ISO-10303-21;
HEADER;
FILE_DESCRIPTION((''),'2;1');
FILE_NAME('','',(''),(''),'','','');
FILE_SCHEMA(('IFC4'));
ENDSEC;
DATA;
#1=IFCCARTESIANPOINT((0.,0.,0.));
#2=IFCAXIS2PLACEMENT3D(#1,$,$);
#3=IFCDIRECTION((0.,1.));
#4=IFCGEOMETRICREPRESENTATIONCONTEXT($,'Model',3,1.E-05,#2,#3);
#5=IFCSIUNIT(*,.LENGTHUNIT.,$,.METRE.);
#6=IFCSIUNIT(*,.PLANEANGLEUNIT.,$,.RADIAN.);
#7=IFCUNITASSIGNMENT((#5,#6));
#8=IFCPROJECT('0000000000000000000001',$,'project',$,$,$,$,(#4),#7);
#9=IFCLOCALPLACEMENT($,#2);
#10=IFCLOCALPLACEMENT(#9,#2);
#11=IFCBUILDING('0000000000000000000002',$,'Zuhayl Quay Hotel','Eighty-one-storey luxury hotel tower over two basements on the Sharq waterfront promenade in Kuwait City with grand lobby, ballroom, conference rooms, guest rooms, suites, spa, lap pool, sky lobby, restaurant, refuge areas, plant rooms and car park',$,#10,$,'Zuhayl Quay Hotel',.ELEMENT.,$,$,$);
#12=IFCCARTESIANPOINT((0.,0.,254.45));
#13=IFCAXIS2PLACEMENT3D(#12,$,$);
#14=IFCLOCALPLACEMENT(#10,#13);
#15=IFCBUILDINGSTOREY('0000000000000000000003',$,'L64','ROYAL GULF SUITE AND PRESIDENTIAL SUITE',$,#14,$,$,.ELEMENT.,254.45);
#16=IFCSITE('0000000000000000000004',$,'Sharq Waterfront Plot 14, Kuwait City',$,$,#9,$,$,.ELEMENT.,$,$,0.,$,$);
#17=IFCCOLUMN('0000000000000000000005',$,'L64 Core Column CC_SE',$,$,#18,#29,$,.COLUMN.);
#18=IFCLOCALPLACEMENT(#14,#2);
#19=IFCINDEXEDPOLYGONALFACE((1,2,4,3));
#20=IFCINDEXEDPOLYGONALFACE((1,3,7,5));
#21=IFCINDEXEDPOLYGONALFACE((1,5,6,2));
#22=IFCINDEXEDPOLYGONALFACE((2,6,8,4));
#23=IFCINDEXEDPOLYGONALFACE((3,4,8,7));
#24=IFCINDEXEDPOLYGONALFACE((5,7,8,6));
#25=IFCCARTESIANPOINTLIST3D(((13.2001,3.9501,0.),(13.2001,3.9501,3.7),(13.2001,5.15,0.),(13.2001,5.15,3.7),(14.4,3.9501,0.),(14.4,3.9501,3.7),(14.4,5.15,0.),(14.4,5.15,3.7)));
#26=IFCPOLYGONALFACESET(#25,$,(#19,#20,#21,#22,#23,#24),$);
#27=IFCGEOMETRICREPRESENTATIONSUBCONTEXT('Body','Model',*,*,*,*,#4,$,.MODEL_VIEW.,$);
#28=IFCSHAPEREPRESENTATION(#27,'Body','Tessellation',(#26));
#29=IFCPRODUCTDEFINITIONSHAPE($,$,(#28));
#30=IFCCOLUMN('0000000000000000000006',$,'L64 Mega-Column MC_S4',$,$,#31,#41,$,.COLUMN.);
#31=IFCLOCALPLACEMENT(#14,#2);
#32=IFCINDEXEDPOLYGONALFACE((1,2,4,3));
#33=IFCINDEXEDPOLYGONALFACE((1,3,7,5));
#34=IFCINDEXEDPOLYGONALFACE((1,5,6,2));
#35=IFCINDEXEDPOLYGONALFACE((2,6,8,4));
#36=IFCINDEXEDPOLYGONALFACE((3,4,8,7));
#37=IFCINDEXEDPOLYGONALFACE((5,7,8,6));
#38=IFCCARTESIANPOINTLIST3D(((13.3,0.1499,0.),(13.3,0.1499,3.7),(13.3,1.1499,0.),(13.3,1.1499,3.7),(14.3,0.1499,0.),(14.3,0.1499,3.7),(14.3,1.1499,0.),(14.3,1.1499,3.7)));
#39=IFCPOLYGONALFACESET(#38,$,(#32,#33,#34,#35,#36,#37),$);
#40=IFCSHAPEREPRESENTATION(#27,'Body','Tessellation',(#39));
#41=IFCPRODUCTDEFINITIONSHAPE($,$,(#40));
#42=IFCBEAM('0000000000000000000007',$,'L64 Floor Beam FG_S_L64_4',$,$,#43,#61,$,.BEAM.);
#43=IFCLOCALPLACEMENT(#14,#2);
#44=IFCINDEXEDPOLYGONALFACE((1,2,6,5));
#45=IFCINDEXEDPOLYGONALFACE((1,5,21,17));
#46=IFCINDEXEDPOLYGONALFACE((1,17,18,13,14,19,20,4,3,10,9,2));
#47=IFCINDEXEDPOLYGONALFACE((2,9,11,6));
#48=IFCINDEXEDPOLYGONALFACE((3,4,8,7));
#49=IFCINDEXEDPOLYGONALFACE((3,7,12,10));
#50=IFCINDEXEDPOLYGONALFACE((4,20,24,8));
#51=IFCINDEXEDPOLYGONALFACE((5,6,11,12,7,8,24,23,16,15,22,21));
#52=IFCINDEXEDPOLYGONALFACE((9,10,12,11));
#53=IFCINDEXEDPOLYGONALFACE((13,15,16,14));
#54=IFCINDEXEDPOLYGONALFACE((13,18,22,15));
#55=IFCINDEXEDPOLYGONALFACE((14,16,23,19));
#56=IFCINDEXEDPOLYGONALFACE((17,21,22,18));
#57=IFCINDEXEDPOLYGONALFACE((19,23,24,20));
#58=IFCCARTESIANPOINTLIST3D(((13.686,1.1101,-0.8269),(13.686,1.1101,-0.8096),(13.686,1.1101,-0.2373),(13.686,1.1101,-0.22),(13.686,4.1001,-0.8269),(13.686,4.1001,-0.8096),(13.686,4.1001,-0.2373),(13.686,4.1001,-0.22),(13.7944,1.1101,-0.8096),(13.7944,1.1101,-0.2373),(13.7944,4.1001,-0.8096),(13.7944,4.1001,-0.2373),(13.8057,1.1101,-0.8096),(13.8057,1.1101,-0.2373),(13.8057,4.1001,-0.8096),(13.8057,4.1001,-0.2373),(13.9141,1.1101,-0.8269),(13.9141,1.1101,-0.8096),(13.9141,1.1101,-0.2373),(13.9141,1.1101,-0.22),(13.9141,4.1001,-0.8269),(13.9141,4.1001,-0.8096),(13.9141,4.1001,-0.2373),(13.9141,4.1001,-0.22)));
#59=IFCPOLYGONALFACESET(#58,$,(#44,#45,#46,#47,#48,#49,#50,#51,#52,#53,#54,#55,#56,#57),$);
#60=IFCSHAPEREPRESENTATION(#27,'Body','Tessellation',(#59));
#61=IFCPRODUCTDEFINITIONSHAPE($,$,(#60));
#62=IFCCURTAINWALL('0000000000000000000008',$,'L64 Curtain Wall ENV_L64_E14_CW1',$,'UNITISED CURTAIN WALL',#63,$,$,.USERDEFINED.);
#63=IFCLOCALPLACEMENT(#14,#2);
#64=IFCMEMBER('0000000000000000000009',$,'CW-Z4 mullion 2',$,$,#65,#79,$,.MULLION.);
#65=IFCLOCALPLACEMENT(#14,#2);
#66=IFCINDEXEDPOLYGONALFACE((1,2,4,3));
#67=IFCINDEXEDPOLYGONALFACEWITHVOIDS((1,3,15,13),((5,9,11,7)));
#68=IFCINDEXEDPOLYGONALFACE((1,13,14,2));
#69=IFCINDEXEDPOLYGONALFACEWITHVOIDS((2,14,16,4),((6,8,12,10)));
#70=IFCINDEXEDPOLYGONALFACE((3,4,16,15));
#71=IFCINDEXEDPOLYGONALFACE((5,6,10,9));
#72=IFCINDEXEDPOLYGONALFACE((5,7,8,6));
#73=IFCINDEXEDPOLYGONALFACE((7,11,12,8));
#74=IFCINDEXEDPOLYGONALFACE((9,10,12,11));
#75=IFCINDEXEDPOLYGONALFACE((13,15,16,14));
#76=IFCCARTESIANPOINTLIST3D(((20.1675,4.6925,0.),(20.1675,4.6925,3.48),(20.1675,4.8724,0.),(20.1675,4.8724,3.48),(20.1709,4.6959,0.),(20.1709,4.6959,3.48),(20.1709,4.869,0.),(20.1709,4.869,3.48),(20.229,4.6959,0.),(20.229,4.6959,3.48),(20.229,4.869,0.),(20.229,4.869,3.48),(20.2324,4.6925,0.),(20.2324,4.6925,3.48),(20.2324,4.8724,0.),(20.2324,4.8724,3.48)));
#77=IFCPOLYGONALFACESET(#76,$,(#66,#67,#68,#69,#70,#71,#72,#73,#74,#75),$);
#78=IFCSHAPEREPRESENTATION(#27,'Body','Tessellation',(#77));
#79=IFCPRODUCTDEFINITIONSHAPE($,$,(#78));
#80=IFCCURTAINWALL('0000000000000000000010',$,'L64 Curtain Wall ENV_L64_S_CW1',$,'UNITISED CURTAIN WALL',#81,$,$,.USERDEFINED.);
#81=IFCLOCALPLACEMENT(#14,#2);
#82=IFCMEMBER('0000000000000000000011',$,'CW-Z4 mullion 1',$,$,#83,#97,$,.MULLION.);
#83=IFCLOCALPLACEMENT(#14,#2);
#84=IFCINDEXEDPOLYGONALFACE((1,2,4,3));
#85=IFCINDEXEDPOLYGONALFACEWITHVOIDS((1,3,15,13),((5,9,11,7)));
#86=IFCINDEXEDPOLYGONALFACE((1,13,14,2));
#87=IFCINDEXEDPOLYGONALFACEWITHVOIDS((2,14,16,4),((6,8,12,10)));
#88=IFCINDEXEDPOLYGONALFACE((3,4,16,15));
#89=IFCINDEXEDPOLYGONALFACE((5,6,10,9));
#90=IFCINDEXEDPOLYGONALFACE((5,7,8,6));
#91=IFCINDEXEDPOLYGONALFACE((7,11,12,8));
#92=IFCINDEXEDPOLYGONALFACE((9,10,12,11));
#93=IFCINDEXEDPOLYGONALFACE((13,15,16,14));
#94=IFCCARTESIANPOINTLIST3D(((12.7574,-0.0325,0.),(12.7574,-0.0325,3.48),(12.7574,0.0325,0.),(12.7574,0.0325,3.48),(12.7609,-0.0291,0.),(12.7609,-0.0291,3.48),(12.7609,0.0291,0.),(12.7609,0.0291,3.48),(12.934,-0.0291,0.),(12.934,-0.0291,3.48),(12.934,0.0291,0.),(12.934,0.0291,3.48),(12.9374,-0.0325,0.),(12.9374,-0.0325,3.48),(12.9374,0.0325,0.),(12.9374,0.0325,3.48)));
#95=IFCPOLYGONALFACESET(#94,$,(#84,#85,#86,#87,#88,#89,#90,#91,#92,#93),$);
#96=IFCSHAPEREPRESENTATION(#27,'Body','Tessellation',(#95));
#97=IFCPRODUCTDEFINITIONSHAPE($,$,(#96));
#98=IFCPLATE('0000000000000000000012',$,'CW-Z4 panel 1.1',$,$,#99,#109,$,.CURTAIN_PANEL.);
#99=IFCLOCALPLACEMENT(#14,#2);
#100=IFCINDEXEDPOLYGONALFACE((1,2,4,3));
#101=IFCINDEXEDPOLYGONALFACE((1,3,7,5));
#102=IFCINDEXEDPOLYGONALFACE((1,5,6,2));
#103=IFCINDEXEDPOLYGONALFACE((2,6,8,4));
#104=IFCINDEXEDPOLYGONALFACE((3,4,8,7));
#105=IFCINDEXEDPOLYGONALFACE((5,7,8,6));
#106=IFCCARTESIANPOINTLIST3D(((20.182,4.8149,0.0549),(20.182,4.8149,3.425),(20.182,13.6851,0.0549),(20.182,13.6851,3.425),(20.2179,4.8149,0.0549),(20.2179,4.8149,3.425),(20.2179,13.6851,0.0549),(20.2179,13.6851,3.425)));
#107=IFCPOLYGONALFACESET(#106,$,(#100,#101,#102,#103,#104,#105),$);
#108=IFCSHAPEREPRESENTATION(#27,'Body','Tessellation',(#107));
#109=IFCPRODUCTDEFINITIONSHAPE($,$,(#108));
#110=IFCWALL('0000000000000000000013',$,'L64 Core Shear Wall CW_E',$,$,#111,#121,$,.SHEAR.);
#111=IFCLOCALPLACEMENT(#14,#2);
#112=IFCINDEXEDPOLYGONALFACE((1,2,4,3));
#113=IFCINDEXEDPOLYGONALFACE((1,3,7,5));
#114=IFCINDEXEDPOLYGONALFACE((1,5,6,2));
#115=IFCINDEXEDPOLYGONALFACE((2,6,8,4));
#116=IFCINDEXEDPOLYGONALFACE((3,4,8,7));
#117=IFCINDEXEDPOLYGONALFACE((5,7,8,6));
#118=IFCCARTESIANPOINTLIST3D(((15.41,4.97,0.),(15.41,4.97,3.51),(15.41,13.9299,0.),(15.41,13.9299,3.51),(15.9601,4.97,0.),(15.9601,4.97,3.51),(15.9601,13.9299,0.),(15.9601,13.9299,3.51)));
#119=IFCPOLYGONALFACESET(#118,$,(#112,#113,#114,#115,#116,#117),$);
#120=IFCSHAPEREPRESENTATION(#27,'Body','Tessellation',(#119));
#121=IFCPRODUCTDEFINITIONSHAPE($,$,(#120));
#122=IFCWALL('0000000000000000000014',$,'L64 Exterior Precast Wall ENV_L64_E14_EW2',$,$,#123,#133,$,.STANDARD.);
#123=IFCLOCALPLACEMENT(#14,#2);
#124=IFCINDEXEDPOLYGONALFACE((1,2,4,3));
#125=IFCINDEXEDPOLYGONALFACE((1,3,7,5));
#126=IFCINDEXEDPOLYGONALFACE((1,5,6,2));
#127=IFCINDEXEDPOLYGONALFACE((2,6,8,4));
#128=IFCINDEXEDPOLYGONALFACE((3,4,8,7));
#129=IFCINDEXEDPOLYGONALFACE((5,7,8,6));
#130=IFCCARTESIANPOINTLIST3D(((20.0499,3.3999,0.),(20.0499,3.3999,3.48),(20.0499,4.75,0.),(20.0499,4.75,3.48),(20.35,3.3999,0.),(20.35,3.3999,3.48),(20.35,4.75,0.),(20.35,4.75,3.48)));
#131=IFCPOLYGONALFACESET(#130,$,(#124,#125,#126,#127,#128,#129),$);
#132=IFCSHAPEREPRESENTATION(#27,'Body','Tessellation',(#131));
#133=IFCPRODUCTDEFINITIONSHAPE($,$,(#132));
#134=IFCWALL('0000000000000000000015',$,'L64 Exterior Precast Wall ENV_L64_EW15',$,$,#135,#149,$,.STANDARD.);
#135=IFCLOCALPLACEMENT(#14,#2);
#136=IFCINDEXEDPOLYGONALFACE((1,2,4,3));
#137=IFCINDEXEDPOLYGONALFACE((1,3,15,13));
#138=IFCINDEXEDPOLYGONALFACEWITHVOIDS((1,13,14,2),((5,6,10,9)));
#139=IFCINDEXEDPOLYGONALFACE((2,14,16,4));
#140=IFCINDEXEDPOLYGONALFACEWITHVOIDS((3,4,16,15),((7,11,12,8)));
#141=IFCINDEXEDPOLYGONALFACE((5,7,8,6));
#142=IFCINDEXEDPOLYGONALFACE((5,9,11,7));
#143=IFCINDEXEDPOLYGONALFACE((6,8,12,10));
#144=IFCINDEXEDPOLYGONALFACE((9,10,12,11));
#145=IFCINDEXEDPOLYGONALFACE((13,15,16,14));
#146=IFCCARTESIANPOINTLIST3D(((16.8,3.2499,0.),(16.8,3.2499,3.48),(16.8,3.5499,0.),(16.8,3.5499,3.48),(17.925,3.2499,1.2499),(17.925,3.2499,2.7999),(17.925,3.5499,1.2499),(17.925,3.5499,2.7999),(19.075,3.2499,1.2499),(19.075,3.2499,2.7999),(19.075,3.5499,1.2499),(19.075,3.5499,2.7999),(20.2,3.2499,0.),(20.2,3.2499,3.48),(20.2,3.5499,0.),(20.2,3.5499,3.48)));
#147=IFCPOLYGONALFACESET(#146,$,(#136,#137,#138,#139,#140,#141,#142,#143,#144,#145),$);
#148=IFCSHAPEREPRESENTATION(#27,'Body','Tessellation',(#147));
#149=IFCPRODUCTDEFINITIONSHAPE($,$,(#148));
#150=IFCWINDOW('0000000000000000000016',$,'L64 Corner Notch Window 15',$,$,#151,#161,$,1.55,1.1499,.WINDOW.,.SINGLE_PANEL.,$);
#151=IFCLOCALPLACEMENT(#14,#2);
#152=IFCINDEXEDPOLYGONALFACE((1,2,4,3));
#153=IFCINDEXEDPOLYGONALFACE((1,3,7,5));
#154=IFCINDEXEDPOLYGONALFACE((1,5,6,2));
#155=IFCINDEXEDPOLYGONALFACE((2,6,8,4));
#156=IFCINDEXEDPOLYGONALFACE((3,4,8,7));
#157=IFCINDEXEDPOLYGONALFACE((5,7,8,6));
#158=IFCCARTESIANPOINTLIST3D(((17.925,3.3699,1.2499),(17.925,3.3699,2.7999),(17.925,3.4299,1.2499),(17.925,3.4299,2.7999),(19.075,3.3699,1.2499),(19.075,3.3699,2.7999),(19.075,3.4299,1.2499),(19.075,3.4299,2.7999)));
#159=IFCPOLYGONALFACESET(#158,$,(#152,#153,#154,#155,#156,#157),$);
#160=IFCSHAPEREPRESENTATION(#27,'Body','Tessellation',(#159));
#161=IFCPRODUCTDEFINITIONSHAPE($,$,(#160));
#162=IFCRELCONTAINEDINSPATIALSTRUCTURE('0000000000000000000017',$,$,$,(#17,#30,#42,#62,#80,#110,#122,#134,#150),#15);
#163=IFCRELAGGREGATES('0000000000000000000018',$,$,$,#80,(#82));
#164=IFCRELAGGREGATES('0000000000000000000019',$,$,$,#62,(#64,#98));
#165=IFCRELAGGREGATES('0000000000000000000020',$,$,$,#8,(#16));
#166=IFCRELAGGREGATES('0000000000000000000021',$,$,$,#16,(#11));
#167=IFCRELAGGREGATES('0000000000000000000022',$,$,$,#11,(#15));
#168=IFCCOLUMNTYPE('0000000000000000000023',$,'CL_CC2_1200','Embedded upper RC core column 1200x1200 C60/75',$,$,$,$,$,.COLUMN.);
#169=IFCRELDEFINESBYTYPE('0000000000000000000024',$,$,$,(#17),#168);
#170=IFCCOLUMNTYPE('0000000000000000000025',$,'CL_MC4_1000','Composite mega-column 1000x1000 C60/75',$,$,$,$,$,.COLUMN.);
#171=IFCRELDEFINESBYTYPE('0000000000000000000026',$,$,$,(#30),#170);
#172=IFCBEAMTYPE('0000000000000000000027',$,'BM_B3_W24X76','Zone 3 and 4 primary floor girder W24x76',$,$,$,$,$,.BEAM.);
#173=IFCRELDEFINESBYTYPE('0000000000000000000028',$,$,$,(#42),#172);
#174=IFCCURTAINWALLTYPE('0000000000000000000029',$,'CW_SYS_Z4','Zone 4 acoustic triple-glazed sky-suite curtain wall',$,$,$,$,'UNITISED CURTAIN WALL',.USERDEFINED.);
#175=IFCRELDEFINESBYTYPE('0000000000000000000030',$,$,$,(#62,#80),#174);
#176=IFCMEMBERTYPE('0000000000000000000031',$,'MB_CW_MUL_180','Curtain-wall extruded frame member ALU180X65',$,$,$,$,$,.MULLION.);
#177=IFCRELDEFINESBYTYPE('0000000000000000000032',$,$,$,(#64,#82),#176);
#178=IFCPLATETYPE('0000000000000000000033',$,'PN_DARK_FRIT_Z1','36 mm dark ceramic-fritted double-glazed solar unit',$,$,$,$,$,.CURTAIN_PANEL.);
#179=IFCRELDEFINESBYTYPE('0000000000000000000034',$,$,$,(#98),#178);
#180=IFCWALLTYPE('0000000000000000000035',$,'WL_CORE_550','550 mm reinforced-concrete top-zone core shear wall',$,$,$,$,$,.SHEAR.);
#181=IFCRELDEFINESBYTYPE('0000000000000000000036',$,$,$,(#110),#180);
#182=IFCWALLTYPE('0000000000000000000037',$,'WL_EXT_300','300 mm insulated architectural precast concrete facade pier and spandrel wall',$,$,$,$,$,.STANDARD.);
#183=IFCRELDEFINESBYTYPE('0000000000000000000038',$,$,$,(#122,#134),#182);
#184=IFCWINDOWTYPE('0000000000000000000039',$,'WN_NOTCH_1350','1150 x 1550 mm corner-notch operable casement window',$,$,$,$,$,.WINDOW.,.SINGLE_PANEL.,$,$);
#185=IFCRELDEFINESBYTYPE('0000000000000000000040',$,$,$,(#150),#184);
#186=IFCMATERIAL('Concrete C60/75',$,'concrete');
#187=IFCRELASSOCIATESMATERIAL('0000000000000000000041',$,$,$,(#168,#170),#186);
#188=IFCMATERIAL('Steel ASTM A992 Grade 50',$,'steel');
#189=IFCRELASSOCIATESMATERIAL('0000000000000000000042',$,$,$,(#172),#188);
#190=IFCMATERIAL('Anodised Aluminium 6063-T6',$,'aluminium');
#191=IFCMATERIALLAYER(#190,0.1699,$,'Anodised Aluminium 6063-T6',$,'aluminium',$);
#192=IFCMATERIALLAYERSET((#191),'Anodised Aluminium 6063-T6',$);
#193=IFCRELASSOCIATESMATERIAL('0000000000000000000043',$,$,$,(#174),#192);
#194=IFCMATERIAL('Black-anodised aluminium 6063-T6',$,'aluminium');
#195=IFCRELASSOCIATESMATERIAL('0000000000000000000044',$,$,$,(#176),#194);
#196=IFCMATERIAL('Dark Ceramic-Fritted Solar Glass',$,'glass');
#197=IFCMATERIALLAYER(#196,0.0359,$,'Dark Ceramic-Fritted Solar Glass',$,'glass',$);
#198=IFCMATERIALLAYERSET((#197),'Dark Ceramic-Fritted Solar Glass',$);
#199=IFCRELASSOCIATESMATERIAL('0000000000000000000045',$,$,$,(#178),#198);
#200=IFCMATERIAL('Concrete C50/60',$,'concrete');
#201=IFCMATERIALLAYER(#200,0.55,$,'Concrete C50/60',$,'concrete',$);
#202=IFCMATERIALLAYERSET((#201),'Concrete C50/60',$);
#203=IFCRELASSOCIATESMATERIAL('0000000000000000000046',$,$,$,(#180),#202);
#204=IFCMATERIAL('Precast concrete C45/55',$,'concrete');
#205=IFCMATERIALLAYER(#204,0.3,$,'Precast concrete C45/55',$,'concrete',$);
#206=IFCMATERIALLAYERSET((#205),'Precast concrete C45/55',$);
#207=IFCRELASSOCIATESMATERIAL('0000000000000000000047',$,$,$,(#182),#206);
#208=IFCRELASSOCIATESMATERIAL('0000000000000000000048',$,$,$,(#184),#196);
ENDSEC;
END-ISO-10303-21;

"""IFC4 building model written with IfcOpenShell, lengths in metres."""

from ifc_helpers import new_model, si_unit, direction, frame, frame_2d, origin, origin_2d, place, context, subcontext, project, spatial, rectangle, hollow_rectangle, i_section, extrude, material, layer, layer_set, material_profile, profile_set, type_object, element, fill, aggregate, save


model = new_model("IFC4")

# Units and contexts
model_context = context("Model", 3, precision=1e-05, world=origin(), true_north=direction((0.0, 1.0)))
body_context = subcontext(model_context, "Body", "Model", "MODEL_VIEW")
ifc_project = project(units=[si_unit("LENGTHUNIT", "METRE"), si_unit("PLANEANGLEUNIT", "RADIAN")], contexts=[model_context])

# Site, building, storey
site_placement = place(None, origin())
site = spatial("IfcSite", under=ifc_project, at=site_placement, Name="Sharq Waterfront Plot 14, Kuwait City", CompositionType="ELEMENT", RefElevation=0.0)
building_placement = place(site_placement, origin())
building = spatial("IfcBuilding", under=site, at=building_placement, Name="Zuhayl Quay Hotel", Description="Eighty-one-storey luxury hotel tower over two basements on the Sharq waterfront promenade in Kuwait City with grand lobby, ballroom, conference rooms, guest rooms, suites, spa, lap pool, sky lobby, restaurant, refuge areas, plant rooms and car park", LongName="Zuhayl Quay Hotel", CompositionType="ELEMENT")
storey_placement = place(building_placement, frame((0.0, 0.0, 254.45)))
storey = spatial("IfcBuildingStorey", under=building, at=storey_placement, Name="L64", Description="ROYAL GULF SUITE AND PRESIDENTIAL SUITE", CompositionType="ELEMENT", Elevation=254.45)

# Columns
ifc_material_1 = material(Name="Concrete C60/75", Category="concrete")
ifc_material_profile_1 = material_profile(ifc_material_1, rectangle(XDim=1.2, YDim=1.2, at=origin_2d()), Name="RC1200X1200")
ifc_profile_set_1 = profile_set([ifc_material_profile_1], Name="Concrete C60/75")
column_type_1 = type_object("IfcColumnType", Name="CL_CC2_1200", Description="Embedded upper RC core column 1200x1200 C60/75", PredefinedType="COLUMN", material=ifc_profile_set_1)
column_1_placement = place(storey_placement, frame((13.8, 4.55, 0.0), z_axis=(0.0, 0.0, 1.0), x_axis=(1.0, 0.0, 0.0)))
element("IfcColumn", 1, at=column_1_placement, inside=storey, type_object=column_type_1, Name="L64 Core Column CC_SE", PredefinedType="COLUMN", context=body_context, shape_type="SweptSolid", body=[
    extrude(rectangle(XDim=1.2, YDim=1.2, at=origin_2d()), origin(), (0.0, 0.0, 1.0), 3.7),
])
ifc_material_profile_2 = material_profile(ifc_material_1, rectangle(XDim=1.0, YDim=1.0, at=origin_2d()), Name="RC1000X1000")
ifc_profile_set_2 = profile_set([ifc_material_profile_2], Name="Concrete C60/75")
column_type_2 = type_object("IfcColumnType", Name="CL_MC4_1000", Description="Composite mega-column 1000x1000 C60/75", PredefinedType="COLUMN", material=ifc_profile_set_2)
column_2_placement = place(storey_placement, frame((13.8, 0.6499, 0.0), z_axis=(0.0, 0.0, 1.0), x_axis=(1.0, 0.0, 0.0)))
element("IfcColumn", 2, at=column_2_placement, inside=storey, type_object=column_type_2, Name="L64 Mega-Column MC_S4", PredefinedType="COLUMN", context=body_context, shape_type="SweptSolid", body=[
    extrude(rectangle(XDim=1.0, YDim=1.0, at=origin_2d()), origin(), (0.0, 0.0, 1.0), 3.7),
])

# Beam
ifc_material_2 = material(Name="Steel ASTM A992 Grade 50", Category="steel")
ifc_material_profile_3 = material_profile(ifc_material_2, i_section(OverallWidth=0.228, OverallDepth=0.6069, WebThickness=0.0112, FlangeThickness=0.0173, at=origin_2d()), Name="W24X76")
ifc_profile_set_3 = profile_set([ifc_material_profile_3], Name="Steel ASTM A992 Grade 50")
beam_type = type_object("IfcBeamType", Name="BM_B3_W24X76", Description="Zone 3 and 4 primary floor girder W24x76", PredefinedType="BEAM", material=ifc_profile_set_3)
beam_placement = place(storey_placement, frame((13.8, 1.1101, -0.5234), z_axis=(0.0, 1.0, 0.0), x_axis=(-1.0, 0.0, 0.0)))
element("IfcBeam", 3, at=beam_placement, inside=storey, type_object=beam_type, Name="L64 Floor Beam FG_S_L64_4", PredefinedType="BEAM", context=body_context, shape_type="SweptSolid", body=[
    extrude(i_section(OverallWidth=0.228, OverallDepth=0.6069, WebThickness=0.0112, FlangeThickness=0.0173, at=origin_2d()), origin(), (0.0, 0.0, 1.0), 2.99),
])

# Curtain walls, members
ifc_material_3 = material(Name="Anodised Aluminium 6063-T6", Category="aluminium")
ifc_layer_1 = layer(ifc_material_3, 0.1699, Name="Anodised Aluminium 6063-T6", Category="aluminium")
ifc_layer_set_1 = layer_set([ifc_layer_1], Name="Anodised Aluminium 6063-T6")
curtain_wall_type = type_object("IfcCurtainWallType", Name="CW_SYS_Z4", Description="Zone 4 acoustic triple-glazed sky-suite curtain wall", ElementType="UNITISED CURTAIN WALL", PredefinedType="USERDEFINED", material=ifc_layer_set_1)
curtain_wall_1_placement = place(storey_placement, origin())
curtain_wall_1 = element("IfcCurtainWall", 4, at=curtain_wall_1_placement, inside=storey, type_object=curtain_wall_type, Name="L64 Curtain Wall ENV_L64_E14_CW1", ObjectType="UNITISED CURTAIN WALL", PredefinedType="USERDEFINED")
ifc_material_4 = material(Name="Black-anodised aluminium 6063-T6", Category="aluminium")
ifc_material_profile_4 = material_profile(ifc_material_4, hollow_rectangle(XDim=0.0649, YDim=0.1799, WallThickness=0.0034, at=origin_2d()), Name="ALU180X65")
ifc_profile_set_4 = profile_set([ifc_material_profile_4], Name="Black-anodised aluminium 6063-T6")
member_type = type_object("IfcMemberType", Name="MB_CW_MUL_180", Description="Curtain-wall extruded frame member ALU180X65", PredefinedType="MULLION", material=ifc_profile_set_4)
member_1_placement = place(storey_placement, frame((20.2, 4.7825, 0.0), z_axis=(0.0, 0.0, 1.0), x_axis=(1.0, 0.0, 0.0)))
member_1 = element("IfcMember", 5, at=member_1_placement, type_object=member_type, Name="CW-Z4 mullion 2", PredefinedType="MULLION", context=body_context, shape_type="SweptSolid", body=[
    extrude(hollow_rectangle(XDim=0.0649, YDim=0.1799, WallThickness=0.0034, at=origin_2d()), origin(), (0.0, 0.0, 1.0), 3.48),
])
curtain_wall_2_placement = place(storey_placement, origin())
curtain_wall_2 = element("IfcCurtainWall", 6, at=curtain_wall_2_placement, inside=storey, type_object=curtain_wall_type, Name="L64 Curtain Wall ENV_L64_S_CW1", ObjectType="UNITISED CURTAIN WALL", PredefinedType="USERDEFINED")
member_2_placement = place(storey_placement, frame((12.8474, 0.0, 0.0), z_axis=(0.0, 0.0, 1.0), x_axis=(0.0, -1.0, 0.0)))
member_2 = element("IfcMember", 7, at=member_2_placement, type_object=member_type, Name="CW-Z4 mullion 1", PredefinedType="MULLION", context=body_context, shape_type="SweptSolid", body=[
    extrude(hollow_rectangle(XDim=0.0649, YDim=0.1799, WallThickness=0.0034, at=origin_2d()), origin(), (0.0, 0.0, 1.0), 3.48),
])
aggregate(curtain_wall_2, [member_2])

# Plate
ifc_material_5 = material(Name="Dark Ceramic-Fritted Solar Glass", Category="glass")
ifc_layer_2 = layer(ifc_material_5, 0.0359, Name="Dark Ceramic-Fritted Solar Glass", Category="glass")
ifc_layer_set_2 = layer_set([ifc_layer_2], Name="Dark Ceramic-Fritted Solar Glass")
plate_type = type_object("IfcPlateType", Name="PN_DARK_FRIT_Z1", Description="36 mm dark ceramic-fritted double-glazed solar unit", PredefinedType="CURTAIN_PANEL", material=ifc_layer_set_2)
plate_placement = place(storey_placement, frame((20.2, 9.25, 0.0549), z_axis=(0.0, 0.0, 1.0), x_axis=(0.0, -1.0, 0.0)))
plate = element("IfcPlate", 8, at=plate_placement, type_object=plate_type, Name="CW-Z4 panel 1.1", PredefinedType="CURTAIN_PANEL", context=body_context, shape_type="SweptSolid", body=[
    extrude(rectangle(XDim=8.8701, YDim=0.0359, at=origin_2d()), origin(), (0.0, 0.0, 1.0), 3.3701),
])
aggregate(curtain_wall_1, [member_1, plate])

# Walls
ifc_material_6 = material(Name="Concrete C50/60", Category="concrete")
ifc_layer_3 = layer(ifc_material_6, 0.55, Name="Concrete C50/60", Category="concrete")
ifc_layer_set_3 = layer_set([ifc_layer_3], Name="Concrete C50/60")
wall_type_1 = type_object("IfcWallType", Name="WL_CORE_550", Description="550 mm reinforced-concrete top-zone core shear wall", PredefinedType="SHEAR", material=ifc_layer_set_3)
wall_1_placement = place(storey_placement, frame((15.6851, 4.97, 0.0), z_axis=(0.0, 0.0, 1.0), x_axis=(0.0, 1.0, 0.0)))
element("IfcWall", 9, at=wall_1_placement, inside=storey, type_object=wall_type_1, Name="L64 Core Shear Wall CW_E", PredefinedType="SHEAR", context=body_context, shape_type="SweptSolid", body=[
    extrude(rectangle(XDim=8.96, YDim=0.55, at=frame_2d((4.48, 0.0))), origin(), (0.0, 0.0, 1.0), 3.51),
])
ifc_material_7 = material(Name="Precast concrete C45/55", Category="concrete")
ifc_layer_4 = layer(ifc_material_7, 0.3, Name="Precast concrete C45/55", Category="concrete")
ifc_layer_set_4 = layer_set([ifc_layer_4], Name="Precast concrete C45/55")
wall_type_2 = type_object("IfcWallType", Name="WL_EXT_300", Description="300 mm insulated architectural precast concrete facade pier and spandrel wall", PredefinedType="STANDARD", material=ifc_layer_set_4)
wall_2_placement = place(storey_placement, frame((20.2, 4.75, 0.0), z_axis=(0.0, 0.0, 1.0), x_axis=(0.0, -1.0, 0.0)))
element("IfcWall", 10, at=wall_2_placement, inside=storey, type_object=wall_type_2, Name="L64 Exterior Precast Wall ENV_L64_E14_EW2", PredefinedType="STANDARD", context=body_context, shape_type="SweptSolid", body=[
    extrude(rectangle(XDim=1.3501, YDim=0.3, at=frame_2d((0.675, 0.0))), origin(), (0.0, 0.0, 1.0), 3.48),
])

# Wall, opening, window
wall_3_placement = place(storey_placement, frame((20.2, 3.3999, 0.0), z_axis=(0.0, 0.0, 1.0), x_axis=(-1.0, 0.0, 0.0)))
wall_3 = element("IfcWall", 11, at=wall_3_placement, inside=storey, type_object=wall_type_2, Name="L64 Exterior Precast Wall ENV_L64_EW15", PredefinedType="STANDARD", context=body_context, shape_type="SweptSolid", body=[
    extrude(rectangle(XDim=3.3999, YDim=0.3, at=frame_2d((1.7, 0.0))), origin(), (0.0, 0.0, 1.0), 3.48),
])
opening_1_placement = place(wall_3_placement, frame((1.125, 0.0, 1.25)))
opening_1 = element("IfcOpeningElement", 12, at=opening_1_placement, cuts=wall_3, PredefinedType="OPENING", context=body_context, shape_type="SweptSolid", body=[
    extrude(rectangle(XDim=1.1499, YDim=1.55, at=frame_2d((0.575, 0.7749))), frame((0.0, 0.1599, 0.0), z_axis=(0.0, -1.0, 0.0), x_axis=(1.0, 0.0, 0.0)), (0.0, 0.0, 1.0), 0.3201),
])
window_type = type_object("IfcWindowType", Name="WN_NOTCH_1350", Description="1150 x 1550 mm corner-notch operable casement window", PartitioningType="SINGLE_PANEL", PredefinedType="WINDOW", material=ifc_material_5)
window_1_placement = place(opening_1_placement, origin())
window_1 = element("IfcWindow", 13, at=window_1_placement, inside=storey, type_object=window_type, Name="L64 Corner Notch Window 15", OverallHeight=1.55, OverallWidth=1.1499, PartitioningType="SINGLE_PANEL", PredefinedType="WINDOW", context=body_context, shape_type="SweptSolid", body=[
    extrude(rectangle(XDim=1.1499, YDim=1.55, at=frame_2d((0.575, 0.7749))), frame((0.0, 0.03, 0.0), z_axis=(0.0, -1.0, 0.0), x_axis=(1.0, 0.0, 0.0)), (0.0, 0.0, 1.0), 0.0601),
])
fill(opening_1, window_1)

save(model, "model.ifc")
